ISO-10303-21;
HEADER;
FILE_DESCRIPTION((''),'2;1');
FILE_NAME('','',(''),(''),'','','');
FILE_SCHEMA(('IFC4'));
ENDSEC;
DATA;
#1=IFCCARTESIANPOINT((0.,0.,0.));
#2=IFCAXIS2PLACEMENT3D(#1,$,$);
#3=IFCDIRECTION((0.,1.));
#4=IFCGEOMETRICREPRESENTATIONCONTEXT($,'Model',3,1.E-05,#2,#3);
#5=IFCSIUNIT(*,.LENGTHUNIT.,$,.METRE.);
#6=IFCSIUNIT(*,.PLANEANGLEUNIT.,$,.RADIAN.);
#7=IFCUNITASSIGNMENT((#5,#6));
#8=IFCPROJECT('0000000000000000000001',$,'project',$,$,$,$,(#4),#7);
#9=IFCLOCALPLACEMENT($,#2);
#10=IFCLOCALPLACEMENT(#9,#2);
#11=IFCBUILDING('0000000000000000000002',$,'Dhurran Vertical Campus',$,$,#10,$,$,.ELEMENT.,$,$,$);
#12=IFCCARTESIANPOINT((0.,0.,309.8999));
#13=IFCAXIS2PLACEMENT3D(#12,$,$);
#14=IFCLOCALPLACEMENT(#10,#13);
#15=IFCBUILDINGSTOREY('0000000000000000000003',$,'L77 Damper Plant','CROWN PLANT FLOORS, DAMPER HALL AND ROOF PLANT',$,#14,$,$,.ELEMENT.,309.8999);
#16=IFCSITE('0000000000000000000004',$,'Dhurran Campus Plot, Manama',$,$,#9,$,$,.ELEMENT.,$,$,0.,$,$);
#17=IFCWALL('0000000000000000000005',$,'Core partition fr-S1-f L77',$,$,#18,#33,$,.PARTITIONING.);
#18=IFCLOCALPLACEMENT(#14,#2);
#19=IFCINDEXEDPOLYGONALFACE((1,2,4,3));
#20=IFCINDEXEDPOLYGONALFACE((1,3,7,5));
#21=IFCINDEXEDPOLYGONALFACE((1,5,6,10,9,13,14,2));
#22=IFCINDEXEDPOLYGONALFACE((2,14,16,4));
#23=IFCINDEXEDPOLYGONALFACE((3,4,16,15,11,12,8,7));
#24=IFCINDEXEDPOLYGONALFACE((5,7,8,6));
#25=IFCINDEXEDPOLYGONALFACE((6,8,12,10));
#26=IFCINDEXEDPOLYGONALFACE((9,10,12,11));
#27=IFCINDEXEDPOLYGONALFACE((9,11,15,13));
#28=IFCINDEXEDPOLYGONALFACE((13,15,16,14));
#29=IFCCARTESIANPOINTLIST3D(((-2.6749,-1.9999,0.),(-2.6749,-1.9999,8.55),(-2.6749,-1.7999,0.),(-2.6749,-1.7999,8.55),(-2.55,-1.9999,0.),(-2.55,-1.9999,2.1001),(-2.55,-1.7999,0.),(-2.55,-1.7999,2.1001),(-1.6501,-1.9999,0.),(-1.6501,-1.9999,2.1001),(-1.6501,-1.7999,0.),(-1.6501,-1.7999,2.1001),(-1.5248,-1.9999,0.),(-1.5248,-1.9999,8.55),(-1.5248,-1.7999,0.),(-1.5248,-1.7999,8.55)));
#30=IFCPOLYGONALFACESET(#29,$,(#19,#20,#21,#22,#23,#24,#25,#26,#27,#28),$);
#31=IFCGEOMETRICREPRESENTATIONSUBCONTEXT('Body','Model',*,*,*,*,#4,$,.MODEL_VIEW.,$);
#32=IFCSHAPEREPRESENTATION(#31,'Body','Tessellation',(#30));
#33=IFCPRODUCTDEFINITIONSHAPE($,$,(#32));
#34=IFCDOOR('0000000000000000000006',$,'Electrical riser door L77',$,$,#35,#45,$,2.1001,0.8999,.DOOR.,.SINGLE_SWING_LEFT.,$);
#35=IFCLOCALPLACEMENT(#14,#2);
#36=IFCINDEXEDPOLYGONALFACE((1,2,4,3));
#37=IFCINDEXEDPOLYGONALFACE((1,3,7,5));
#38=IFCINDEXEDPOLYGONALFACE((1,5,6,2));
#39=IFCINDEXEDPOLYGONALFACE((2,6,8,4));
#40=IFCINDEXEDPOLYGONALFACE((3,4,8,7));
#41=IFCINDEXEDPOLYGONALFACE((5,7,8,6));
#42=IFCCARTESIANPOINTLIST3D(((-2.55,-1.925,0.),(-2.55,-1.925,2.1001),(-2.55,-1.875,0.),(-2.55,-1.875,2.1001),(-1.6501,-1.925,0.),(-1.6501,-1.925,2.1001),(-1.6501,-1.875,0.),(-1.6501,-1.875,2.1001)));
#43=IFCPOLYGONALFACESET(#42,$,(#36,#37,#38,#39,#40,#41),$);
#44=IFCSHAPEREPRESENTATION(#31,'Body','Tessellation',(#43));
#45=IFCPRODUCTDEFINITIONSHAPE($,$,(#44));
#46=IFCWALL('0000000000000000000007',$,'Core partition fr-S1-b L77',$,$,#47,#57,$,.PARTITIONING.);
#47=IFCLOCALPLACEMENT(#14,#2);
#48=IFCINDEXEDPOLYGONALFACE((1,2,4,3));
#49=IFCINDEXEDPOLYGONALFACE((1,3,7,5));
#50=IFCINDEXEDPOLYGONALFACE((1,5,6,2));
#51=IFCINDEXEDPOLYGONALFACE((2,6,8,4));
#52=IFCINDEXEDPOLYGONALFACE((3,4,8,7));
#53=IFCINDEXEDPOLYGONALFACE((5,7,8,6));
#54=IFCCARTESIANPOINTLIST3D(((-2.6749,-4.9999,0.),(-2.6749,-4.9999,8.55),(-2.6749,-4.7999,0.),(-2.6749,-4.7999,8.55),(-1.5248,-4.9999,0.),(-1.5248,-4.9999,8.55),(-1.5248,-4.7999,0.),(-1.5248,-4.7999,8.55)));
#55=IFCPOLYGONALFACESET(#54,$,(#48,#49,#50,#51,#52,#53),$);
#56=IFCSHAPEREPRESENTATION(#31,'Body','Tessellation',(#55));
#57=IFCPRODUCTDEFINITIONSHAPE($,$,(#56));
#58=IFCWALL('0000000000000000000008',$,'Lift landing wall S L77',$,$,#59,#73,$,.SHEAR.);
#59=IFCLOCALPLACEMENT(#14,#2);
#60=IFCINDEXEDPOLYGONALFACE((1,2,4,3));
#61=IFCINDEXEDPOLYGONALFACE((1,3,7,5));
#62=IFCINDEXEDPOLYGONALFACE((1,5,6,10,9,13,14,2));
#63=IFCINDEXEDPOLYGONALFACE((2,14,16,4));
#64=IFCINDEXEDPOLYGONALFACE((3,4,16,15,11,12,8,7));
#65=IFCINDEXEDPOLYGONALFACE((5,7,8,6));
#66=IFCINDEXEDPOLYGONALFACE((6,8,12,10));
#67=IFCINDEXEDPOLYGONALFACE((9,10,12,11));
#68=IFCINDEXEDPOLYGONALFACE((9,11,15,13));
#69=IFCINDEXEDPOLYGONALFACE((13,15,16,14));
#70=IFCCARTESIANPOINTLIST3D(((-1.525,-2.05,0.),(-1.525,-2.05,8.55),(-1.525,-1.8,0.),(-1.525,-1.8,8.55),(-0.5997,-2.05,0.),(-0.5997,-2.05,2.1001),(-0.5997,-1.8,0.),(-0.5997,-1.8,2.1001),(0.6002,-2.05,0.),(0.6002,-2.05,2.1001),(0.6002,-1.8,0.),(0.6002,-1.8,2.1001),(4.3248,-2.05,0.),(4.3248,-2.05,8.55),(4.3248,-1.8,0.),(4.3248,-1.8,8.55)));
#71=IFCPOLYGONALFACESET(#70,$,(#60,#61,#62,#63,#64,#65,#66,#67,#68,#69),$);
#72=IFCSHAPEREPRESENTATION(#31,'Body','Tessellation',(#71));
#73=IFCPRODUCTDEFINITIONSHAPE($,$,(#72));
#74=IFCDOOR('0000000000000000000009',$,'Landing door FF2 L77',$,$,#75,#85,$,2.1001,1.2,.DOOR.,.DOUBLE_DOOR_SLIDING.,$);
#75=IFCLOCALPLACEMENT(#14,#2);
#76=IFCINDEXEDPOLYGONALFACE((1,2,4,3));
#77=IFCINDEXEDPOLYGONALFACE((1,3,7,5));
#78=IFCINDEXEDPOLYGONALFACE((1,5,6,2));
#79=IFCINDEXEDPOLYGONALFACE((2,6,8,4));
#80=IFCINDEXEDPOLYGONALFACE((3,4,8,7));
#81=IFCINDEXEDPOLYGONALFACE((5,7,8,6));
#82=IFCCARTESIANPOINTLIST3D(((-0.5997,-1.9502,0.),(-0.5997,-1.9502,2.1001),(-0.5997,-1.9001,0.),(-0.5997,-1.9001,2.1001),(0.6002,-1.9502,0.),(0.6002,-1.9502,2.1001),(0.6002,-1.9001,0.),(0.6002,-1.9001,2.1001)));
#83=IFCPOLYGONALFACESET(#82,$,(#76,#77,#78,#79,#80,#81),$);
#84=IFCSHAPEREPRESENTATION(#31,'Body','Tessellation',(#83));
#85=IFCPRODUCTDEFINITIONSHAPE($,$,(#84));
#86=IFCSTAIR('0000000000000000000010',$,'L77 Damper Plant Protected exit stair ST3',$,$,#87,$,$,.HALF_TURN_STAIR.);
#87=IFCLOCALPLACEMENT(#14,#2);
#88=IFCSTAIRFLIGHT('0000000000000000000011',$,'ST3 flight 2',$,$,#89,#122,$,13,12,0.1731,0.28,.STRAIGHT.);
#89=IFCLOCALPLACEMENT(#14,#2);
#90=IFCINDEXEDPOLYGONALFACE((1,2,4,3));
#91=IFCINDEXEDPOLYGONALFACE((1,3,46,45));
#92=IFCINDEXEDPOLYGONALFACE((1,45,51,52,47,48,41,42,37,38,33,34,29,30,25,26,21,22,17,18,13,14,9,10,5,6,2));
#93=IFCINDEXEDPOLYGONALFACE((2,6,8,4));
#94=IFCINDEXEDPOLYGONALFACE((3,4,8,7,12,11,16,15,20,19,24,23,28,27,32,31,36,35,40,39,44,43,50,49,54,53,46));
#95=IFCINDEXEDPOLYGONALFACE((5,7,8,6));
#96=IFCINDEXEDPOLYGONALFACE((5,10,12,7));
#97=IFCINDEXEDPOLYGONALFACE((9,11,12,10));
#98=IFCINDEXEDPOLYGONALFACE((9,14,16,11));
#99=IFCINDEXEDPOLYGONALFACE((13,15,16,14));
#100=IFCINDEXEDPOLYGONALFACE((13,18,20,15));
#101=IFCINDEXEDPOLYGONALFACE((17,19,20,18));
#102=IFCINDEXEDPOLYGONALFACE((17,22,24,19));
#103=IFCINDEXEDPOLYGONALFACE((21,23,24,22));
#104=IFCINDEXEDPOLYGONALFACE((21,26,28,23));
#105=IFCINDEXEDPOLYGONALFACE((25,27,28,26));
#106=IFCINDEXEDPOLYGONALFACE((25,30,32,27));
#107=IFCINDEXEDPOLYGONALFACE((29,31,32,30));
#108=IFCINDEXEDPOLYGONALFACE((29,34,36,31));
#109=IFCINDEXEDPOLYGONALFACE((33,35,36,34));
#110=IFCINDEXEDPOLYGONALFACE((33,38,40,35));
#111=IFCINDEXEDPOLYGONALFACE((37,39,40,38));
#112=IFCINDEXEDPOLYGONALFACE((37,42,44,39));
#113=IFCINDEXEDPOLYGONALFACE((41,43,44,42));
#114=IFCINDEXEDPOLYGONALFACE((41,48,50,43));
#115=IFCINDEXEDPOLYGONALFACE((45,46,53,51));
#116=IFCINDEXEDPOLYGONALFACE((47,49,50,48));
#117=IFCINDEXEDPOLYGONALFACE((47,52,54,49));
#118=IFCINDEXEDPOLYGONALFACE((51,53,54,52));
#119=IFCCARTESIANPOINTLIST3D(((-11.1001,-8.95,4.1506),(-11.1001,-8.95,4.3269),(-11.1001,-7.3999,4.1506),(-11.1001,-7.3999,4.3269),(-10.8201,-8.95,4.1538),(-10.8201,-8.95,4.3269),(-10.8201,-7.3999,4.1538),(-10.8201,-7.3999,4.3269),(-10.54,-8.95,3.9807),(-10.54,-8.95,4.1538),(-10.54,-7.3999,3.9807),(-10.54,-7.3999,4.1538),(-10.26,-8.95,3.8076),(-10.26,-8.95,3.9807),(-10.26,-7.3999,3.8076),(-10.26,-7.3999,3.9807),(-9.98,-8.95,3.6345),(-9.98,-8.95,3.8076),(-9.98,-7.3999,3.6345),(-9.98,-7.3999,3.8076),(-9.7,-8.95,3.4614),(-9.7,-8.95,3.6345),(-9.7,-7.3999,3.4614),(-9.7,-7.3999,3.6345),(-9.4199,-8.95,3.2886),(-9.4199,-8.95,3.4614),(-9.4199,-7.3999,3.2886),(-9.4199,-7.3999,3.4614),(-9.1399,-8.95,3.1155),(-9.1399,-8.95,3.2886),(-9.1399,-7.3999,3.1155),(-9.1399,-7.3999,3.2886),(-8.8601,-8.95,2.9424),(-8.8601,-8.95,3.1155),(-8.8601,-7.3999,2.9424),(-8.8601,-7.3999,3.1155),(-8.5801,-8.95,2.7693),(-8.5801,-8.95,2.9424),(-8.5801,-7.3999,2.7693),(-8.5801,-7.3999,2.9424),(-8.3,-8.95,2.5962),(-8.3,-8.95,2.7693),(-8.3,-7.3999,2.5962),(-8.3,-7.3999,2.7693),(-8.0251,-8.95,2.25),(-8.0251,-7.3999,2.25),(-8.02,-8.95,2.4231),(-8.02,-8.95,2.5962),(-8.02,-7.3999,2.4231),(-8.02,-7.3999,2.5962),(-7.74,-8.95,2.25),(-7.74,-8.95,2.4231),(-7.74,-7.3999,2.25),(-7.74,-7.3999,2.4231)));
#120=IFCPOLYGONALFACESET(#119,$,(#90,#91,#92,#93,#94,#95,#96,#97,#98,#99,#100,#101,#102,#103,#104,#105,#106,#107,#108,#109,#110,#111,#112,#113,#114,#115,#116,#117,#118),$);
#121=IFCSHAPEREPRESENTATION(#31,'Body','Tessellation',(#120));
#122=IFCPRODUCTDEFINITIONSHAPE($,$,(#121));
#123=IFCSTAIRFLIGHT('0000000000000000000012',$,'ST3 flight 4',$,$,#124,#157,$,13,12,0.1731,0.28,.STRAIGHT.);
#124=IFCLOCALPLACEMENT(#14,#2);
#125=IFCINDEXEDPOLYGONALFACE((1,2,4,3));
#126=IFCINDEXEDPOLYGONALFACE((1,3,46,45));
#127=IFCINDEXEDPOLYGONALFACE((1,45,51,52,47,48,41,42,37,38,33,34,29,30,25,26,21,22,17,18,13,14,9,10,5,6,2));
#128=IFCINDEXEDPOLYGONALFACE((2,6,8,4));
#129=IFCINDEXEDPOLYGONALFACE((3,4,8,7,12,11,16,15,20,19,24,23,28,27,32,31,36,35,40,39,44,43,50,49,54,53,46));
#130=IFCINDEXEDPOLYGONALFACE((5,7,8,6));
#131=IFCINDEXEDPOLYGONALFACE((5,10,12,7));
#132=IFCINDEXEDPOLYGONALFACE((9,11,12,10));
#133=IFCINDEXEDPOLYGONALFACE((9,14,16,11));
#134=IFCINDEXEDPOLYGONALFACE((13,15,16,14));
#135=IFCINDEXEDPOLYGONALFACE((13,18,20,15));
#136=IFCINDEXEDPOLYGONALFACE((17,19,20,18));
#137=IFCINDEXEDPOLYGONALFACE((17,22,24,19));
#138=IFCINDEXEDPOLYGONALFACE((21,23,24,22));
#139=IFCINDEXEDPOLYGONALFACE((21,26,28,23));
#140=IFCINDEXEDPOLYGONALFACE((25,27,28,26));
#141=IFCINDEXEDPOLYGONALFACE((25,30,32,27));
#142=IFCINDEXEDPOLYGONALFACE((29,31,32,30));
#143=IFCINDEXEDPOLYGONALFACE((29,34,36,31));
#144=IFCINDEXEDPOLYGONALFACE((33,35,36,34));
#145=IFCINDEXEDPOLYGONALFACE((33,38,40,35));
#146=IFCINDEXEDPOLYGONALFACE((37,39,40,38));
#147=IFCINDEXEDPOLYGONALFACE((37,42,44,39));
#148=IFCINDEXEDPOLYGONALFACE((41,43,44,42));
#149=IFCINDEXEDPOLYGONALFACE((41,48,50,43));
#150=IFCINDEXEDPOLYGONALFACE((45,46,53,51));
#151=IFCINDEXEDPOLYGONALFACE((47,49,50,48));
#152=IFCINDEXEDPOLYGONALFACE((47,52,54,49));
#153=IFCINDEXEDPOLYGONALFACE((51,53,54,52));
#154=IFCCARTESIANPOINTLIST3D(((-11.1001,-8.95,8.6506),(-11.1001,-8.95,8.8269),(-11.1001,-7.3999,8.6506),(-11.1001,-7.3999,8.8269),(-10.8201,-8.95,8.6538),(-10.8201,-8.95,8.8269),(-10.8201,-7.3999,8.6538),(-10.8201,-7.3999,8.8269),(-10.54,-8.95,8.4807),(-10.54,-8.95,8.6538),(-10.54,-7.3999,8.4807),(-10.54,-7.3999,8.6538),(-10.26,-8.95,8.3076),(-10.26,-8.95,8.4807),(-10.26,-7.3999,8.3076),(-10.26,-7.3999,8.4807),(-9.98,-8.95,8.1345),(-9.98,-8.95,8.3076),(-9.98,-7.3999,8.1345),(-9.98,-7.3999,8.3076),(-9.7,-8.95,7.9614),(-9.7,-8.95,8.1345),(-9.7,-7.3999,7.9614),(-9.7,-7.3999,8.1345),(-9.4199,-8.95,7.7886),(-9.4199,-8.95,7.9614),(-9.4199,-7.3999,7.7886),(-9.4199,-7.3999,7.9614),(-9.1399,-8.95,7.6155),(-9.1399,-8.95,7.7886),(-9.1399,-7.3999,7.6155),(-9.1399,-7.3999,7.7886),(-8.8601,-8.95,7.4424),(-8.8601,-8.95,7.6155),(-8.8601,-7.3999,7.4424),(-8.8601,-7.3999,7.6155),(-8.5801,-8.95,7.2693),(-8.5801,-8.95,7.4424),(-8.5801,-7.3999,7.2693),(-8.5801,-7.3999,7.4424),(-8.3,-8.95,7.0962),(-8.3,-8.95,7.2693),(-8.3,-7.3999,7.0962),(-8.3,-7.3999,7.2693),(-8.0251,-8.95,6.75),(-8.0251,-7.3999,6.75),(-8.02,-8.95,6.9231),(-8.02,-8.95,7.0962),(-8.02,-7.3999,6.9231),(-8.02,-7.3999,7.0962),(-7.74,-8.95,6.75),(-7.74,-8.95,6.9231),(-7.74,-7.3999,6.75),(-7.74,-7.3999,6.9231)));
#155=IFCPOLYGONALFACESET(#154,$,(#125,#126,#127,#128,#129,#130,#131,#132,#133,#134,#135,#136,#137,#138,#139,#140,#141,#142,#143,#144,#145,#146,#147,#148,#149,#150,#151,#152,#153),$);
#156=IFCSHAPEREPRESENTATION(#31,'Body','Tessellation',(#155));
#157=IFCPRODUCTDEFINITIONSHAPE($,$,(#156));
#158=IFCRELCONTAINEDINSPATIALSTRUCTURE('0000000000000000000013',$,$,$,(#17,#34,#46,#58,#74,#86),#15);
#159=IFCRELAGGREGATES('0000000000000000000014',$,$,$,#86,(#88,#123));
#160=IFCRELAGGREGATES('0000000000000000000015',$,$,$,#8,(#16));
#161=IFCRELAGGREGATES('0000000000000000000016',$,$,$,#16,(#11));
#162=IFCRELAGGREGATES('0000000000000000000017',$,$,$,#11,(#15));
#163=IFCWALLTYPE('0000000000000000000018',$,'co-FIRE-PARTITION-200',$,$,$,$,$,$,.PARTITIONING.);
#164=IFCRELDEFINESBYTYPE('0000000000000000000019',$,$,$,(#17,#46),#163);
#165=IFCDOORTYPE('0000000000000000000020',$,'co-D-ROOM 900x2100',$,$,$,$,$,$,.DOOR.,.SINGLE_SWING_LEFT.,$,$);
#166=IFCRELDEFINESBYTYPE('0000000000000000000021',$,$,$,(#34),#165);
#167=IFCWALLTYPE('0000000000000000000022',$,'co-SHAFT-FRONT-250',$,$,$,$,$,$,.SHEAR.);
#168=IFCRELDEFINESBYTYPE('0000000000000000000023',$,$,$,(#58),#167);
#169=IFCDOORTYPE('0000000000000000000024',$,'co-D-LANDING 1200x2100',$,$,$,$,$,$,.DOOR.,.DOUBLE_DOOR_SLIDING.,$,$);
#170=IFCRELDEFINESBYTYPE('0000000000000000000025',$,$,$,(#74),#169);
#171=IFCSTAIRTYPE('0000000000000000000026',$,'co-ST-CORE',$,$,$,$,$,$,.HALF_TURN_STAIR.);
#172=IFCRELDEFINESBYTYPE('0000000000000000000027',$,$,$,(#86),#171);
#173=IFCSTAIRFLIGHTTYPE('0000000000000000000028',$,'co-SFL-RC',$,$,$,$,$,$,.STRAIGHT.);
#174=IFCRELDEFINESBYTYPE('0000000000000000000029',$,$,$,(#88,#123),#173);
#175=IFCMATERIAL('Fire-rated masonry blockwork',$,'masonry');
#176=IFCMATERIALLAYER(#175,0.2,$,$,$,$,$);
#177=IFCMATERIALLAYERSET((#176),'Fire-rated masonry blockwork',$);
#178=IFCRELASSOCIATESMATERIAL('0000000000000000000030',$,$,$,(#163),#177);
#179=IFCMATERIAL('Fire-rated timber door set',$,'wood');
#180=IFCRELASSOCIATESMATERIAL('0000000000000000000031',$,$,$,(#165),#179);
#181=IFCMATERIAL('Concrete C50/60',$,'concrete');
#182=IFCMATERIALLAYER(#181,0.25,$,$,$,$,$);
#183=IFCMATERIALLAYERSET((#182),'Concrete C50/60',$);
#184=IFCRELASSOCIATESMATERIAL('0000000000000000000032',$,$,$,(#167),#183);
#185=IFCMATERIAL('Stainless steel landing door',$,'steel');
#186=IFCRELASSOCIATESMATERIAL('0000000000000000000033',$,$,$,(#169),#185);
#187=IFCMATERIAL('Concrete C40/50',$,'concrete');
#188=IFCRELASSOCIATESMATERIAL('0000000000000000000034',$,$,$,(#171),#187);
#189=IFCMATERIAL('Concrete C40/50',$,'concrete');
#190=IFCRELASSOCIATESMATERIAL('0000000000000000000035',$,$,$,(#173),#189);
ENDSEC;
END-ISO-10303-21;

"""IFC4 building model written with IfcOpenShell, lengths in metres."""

from ifc_helpers import new_model, si_unit, direction, frame, frame_2d, origin, place, context, subcontext, project, spatial, polyline, rectangle, outline, extrude, material, layer, layer_set, type_object, element, fill, aggregate, save


model = new_model("IFC4")

# Units and contexts
model_context = context("Model", 3, precision=1e-05, world=origin(), true_north=direction((0.0, 1.0)))
body_context = subcontext(model_context, "Body", "Model", "MODEL_VIEW")
ifc_project = project(units=[si_unit("LENGTHUNIT", "METRE"), si_unit("PLANEANGLEUNIT", "RADIAN")], contexts=[model_context])

# Site, building, storey
site_placement = place(None, origin())
site = spatial("IfcSite", under=ifc_project, at=site_placement, Name="Dhurran Campus Plot, Manama", CompositionType="ELEMENT", RefElevation=0.0)
building_placement = place(site_placement, origin())
building = spatial("IfcBuilding", under=site, at=building_placement, Name="Dhurran Vertical Campus", CompositionType="ELEMENT")
storey_placement = place(building_placement, frame((0.0, 0.0, 309.8999)))
storey = spatial("IfcBuildingStorey", under=building, at=storey_placement, Name="L77 Damper Plant", Description="CROWN PLANT FLOORS, DAMPER HALL AND ROOF PLANT", CompositionType="ELEMENT", Elevation=309.8999)

# Shared definitions
ifc_material_1 = material(Name="Fire-rated masonry blockwork", Category="masonry")
ifc_layer_1 = layer(ifc_material_1, 0.2)
ifc_layer_set_1 = layer_set([ifc_layer_1], Name="Fire-rated masonry blockwork")
wall_type_1 = type_object("IfcWallType", Name="co-FIRE-PARTITION-200", PredefinedType="PARTITIONING", material=ifc_layer_set_1)

# Wall, opening, door
wall_1_placement = place(storey_placement, frame((-2.675, -1.8999, 0.0), z_axis=(0.0, 0.0, 1.0), x_axis=(1.0, 0.0, 0.0)))
wall_1 = element("IfcWall", 1, at=wall_1_placement, inside=storey, type_object=wall_type_1, Name="Core partition fr-S1-f L77", PredefinedType="PARTITIONING", context=body_context, shape_type="SweptSolid", body=[
    extrude(rectangle(XDim=1.1501, YDim=0.2, at=frame_2d((0.5752, 0.0))), origin(), (0.0, 0.0, 1.0), 8.55),
])
opening_1_placement = place(wall_1_placement, frame((0.125, 0.0, 0.0)))
opening_1 = element("IfcOpeningElement", 2, at=opening_1_placement, cuts=wall_1, PredefinedType="OPENING", context=body_context, shape_type="SweptSolid", body=[
    extrude(rectangle(XDim=0.8999, YDim=2.1001, at=frame_2d((0.45, 1.05))), frame((0.0, 0.1099, 0.0), z_axis=(0.0, -1.0, 0.0), x_axis=(1.0, 0.0, 0.0)), (0.0, 0.0, 1.0), 0.22),
])
ifc_material_2 = material(Name="Fire-rated timber door set", Category="wood")
door_type_1 = type_object("IfcDoorType", Name="co-D-ROOM 900x2100", OperationType="SINGLE_SWING_LEFT", PredefinedType="DOOR", material=ifc_material_2)
door_1_placement = place(opening_1_placement, origin())
door_1 = element("IfcDoor", 3, at=door_1_placement, inside=storey, type_object=door_type_1, Name="Electrical riser door L77", OperationType="SINGLE_SWING_LEFT", OverallHeight=2.1001, OverallWidth=0.8999, PredefinedType="DOOR", context=body_context, shape_type="SweptSolid", body=[
    extrude(rectangle(XDim=0.8999, YDim=2.1001, at=frame_2d((0.45, 1.05))), frame((0.0, 0.0249, 0.0), z_axis=(0.0, -1.0, 0.0), x_axis=(1.0, 0.0, 0.0)), (0.0, 0.0, 1.0), 0.05),
])
fill(opening_1, door_1)

# Wall
wall_2_placement = place(storey_placement, frame((-2.675, -4.8999, 0.0), z_axis=(0.0, 0.0, 1.0), x_axis=(1.0, 0.0, 0.0)))
element("IfcWall", 4, at=wall_2_placement, inside=storey, type_object=wall_type_1, Name="Core partition fr-S1-b L77", PredefinedType="PARTITIONING", context=body_context, shape_type="SweptSolid", body=[
    extrude(rectangle(XDim=1.1501, YDim=0.2, at=frame_2d((0.5752, 0.0))), origin(), (0.0, 0.0, 1.0), 8.55),
])

# Wall, opening, door
ifc_material_3 = material(Name="Concrete C50/60", Category="concrete")
ifc_layer_2 = layer(ifc_material_3, 0.25)
ifc_layer_set_2 = layer_set([ifc_layer_2], Name="Concrete C50/60")
wall_type_2 = type_object("IfcWallType", Name="co-SHAFT-FRONT-250", PredefinedType="SHEAR", material=ifc_layer_set_2)
wall_3_placement = place(storey_placement, frame((-1.5249, -1.925, 0.0), z_axis=(0.0, 0.0, 1.0), x_axis=(1.0, 0.0, 0.0)))
wall_3 = element("IfcWall", 5, at=wall_3_placement, inside=storey, type_object=wall_type_2, Name="Lift landing wall S L77", PredefinedType="SHEAR", context=body_context, shape_type="SweptSolid", body=[
    extrude(rectangle(XDim=5.8499, YDim=0.25, at=frame_2d((2.9248, 0.0))), origin(), (0.0, 0.0, 1.0), 8.55),
])
opening_2_placement = place(wall_3_placement, frame((0.925, 0.0, 0.0)))
opening_2 = element("IfcOpeningElement", 6, at=opening_2_placement, cuts=wall_3, PredefinedType="OPENING", context=body_context, shape_type="SweptSolid", body=[
    extrude(rectangle(XDim=1.2, YDim=2.1001, at=frame_2d((0.6001, 1.05))), frame((0.0, 0.135, 0.0), z_axis=(0.0, -1.0, 0.0), x_axis=(1.0, 0.0, 0.0)), (0.0, 0.0, 1.0), 0.27),
])
ifc_material_4 = material(Name="Stainless steel landing door", Category="steel")
door_type_2 = type_object("IfcDoorType", Name="co-D-LANDING 1200x2100", OperationType="DOUBLE_DOOR_SLIDING", PredefinedType="DOOR", material=ifc_material_4)
door_2_placement = place(opening_2_placement, origin())
door_2 = element("IfcDoor", 7, at=door_2_placement, inside=storey, type_object=door_type_2, Name="Landing door FF2 L77", OperationType="DOUBLE_DOOR_SLIDING", OverallHeight=2.1001, OverallWidth=1.2, PredefinedType="DOOR", context=body_context, shape_type="SweptSolid", body=[
    extrude(rectangle(XDim=1.2, YDim=2.1001, at=frame_2d((0.6001, 1.05))), frame((0.0, 0.0249, 0.0), z_axis=(0.0, -1.0, 0.0), x_axis=(1.0, 0.0, 0.0)), (0.0, 0.0, 1.0), 0.05),
])
fill(opening_2, door_2)

# Stair, stair flights
ifc_material_5 = material(Name="Concrete C40/50", Category="concrete")
stair_type = type_object("IfcStairType", Name="co-ST-CORE", PredefinedType="HALF_TURN_STAIR", material=ifc_material_5)
stair_placement = place(storey_placement, origin())
stair = element("IfcStair", 8, at=stair_placement, inside=storey, type_object=stair_type, Name="L77 Damper Plant Protected exit stair ST3", PredefinedType="HALF_TURN_STAIR")
ifc_material_6 = material(Name="Concrete C40/50", Category="concrete")
stair_flight_type = type_object("IfcStairFlightType", Name="co-SFL-RC", PredefinedType="STRAIGHT", material=ifc_material_6)
stair_flight_1_placement = place(storey_placement, frame((-7.74, -8.175, 2.25), z_axis=(0.0, 0.0, 1.0), x_axis=(-1.0, 0.0, 0.0)))
stair_flight_1 = element("IfcStairFlight", 9, at=stair_flight_1_placement, type_object=stair_flight_type, Name="ST3 flight 2", NumberOfRisers=13, NumberOfTreads=12, PredefinedType="STRAIGHT", RiserHeight=0.1731, TreadLength=0.28, context=body_context, shape_type="SweptSolid", body=[
    extrude(outline(polyline([(0.0, 0.0), (0.0, 0.1731), (0.28, 0.1731), (0.28, 0.3462), (0.5601, 0.3462), (0.5601, 0.5193), (0.8401, 0.5193), (0.8401, 0.6924), (1.1201, 0.6924), (1.1201, 0.8655), (1.3999, 0.8655), (1.3999, 1.0386), (1.6799, 1.0386), (1.6799, 1.2114), (1.96, 1.2114), (1.96, 1.3845), (2.24, 1.3845), (2.24, 1.5576), (2.52, 1.5576), (2.52, 1.7307), (2.8, 1.7307), (2.8, 1.9038), (3.0801, 1.9038), (3.0801, 2.0769), (3.3601, 2.0769), (3.3601, 2.25), (3.3601, 1.9006), (0.2852, 0.0), (0.0, 0.0)])), frame((0.0, 0.7749, 0.0), z_axis=(0.0, -1.0, 0.0), x_axis=(1.0, 0.0, 0.0)), (0.0, 0.0, 1.0), 1.55),
])
stair_flight_2_placement = place(storey_placement, frame((-7.74, -8.175, 6.75), z_axis=(0.0, 0.0, 1.0), x_axis=(-1.0, 0.0, 0.0)))
stair_flight_2 = element("IfcStairFlight", 10, at=stair_flight_2_placement, type_object=stair_flight_type, Name="ST3 flight 4", NumberOfRisers=13, NumberOfTreads=12, PredefinedType="STRAIGHT", RiserHeight=0.1731, TreadLength=0.28, context=body_context, shape_type="SweptSolid", body=[
    extrude(outline(polyline([(0.0, 0.0), (0.0, 0.1731), (0.28, 0.1731), (0.28, 0.3462), (0.5601, 0.3462), (0.5601, 0.5193), (0.8401, 0.5193), (0.8401, 0.6924), (1.1201, 0.6924), (1.1201, 0.8655), (1.3999, 0.8655), (1.3999, 1.0386), (1.6799, 1.0386), (1.6799, 1.2114), (1.96, 1.2114), (1.96, 1.3845), (2.24, 1.3845), (2.24, 1.5576), (2.52, 1.5576), (2.52, 1.7307), (2.8, 1.7307), (2.8, 1.9038), (3.0801, 1.9038), (3.0801, 2.0769), (3.3601, 2.0769), (3.3601, 2.25), (3.3601, 1.9006), (0.2852, 0.0), (0.0, 0.0)])), frame((0.0, 0.7749, 0.0), z_axis=(0.0, -1.0, 0.0), x_axis=(1.0, 0.0, 0.0)), (0.0, 0.0, 1.0), 1.55),
])
aggregate(stair, [stair_flight_1, stair_flight_2])

save(model, "model.ifc")
